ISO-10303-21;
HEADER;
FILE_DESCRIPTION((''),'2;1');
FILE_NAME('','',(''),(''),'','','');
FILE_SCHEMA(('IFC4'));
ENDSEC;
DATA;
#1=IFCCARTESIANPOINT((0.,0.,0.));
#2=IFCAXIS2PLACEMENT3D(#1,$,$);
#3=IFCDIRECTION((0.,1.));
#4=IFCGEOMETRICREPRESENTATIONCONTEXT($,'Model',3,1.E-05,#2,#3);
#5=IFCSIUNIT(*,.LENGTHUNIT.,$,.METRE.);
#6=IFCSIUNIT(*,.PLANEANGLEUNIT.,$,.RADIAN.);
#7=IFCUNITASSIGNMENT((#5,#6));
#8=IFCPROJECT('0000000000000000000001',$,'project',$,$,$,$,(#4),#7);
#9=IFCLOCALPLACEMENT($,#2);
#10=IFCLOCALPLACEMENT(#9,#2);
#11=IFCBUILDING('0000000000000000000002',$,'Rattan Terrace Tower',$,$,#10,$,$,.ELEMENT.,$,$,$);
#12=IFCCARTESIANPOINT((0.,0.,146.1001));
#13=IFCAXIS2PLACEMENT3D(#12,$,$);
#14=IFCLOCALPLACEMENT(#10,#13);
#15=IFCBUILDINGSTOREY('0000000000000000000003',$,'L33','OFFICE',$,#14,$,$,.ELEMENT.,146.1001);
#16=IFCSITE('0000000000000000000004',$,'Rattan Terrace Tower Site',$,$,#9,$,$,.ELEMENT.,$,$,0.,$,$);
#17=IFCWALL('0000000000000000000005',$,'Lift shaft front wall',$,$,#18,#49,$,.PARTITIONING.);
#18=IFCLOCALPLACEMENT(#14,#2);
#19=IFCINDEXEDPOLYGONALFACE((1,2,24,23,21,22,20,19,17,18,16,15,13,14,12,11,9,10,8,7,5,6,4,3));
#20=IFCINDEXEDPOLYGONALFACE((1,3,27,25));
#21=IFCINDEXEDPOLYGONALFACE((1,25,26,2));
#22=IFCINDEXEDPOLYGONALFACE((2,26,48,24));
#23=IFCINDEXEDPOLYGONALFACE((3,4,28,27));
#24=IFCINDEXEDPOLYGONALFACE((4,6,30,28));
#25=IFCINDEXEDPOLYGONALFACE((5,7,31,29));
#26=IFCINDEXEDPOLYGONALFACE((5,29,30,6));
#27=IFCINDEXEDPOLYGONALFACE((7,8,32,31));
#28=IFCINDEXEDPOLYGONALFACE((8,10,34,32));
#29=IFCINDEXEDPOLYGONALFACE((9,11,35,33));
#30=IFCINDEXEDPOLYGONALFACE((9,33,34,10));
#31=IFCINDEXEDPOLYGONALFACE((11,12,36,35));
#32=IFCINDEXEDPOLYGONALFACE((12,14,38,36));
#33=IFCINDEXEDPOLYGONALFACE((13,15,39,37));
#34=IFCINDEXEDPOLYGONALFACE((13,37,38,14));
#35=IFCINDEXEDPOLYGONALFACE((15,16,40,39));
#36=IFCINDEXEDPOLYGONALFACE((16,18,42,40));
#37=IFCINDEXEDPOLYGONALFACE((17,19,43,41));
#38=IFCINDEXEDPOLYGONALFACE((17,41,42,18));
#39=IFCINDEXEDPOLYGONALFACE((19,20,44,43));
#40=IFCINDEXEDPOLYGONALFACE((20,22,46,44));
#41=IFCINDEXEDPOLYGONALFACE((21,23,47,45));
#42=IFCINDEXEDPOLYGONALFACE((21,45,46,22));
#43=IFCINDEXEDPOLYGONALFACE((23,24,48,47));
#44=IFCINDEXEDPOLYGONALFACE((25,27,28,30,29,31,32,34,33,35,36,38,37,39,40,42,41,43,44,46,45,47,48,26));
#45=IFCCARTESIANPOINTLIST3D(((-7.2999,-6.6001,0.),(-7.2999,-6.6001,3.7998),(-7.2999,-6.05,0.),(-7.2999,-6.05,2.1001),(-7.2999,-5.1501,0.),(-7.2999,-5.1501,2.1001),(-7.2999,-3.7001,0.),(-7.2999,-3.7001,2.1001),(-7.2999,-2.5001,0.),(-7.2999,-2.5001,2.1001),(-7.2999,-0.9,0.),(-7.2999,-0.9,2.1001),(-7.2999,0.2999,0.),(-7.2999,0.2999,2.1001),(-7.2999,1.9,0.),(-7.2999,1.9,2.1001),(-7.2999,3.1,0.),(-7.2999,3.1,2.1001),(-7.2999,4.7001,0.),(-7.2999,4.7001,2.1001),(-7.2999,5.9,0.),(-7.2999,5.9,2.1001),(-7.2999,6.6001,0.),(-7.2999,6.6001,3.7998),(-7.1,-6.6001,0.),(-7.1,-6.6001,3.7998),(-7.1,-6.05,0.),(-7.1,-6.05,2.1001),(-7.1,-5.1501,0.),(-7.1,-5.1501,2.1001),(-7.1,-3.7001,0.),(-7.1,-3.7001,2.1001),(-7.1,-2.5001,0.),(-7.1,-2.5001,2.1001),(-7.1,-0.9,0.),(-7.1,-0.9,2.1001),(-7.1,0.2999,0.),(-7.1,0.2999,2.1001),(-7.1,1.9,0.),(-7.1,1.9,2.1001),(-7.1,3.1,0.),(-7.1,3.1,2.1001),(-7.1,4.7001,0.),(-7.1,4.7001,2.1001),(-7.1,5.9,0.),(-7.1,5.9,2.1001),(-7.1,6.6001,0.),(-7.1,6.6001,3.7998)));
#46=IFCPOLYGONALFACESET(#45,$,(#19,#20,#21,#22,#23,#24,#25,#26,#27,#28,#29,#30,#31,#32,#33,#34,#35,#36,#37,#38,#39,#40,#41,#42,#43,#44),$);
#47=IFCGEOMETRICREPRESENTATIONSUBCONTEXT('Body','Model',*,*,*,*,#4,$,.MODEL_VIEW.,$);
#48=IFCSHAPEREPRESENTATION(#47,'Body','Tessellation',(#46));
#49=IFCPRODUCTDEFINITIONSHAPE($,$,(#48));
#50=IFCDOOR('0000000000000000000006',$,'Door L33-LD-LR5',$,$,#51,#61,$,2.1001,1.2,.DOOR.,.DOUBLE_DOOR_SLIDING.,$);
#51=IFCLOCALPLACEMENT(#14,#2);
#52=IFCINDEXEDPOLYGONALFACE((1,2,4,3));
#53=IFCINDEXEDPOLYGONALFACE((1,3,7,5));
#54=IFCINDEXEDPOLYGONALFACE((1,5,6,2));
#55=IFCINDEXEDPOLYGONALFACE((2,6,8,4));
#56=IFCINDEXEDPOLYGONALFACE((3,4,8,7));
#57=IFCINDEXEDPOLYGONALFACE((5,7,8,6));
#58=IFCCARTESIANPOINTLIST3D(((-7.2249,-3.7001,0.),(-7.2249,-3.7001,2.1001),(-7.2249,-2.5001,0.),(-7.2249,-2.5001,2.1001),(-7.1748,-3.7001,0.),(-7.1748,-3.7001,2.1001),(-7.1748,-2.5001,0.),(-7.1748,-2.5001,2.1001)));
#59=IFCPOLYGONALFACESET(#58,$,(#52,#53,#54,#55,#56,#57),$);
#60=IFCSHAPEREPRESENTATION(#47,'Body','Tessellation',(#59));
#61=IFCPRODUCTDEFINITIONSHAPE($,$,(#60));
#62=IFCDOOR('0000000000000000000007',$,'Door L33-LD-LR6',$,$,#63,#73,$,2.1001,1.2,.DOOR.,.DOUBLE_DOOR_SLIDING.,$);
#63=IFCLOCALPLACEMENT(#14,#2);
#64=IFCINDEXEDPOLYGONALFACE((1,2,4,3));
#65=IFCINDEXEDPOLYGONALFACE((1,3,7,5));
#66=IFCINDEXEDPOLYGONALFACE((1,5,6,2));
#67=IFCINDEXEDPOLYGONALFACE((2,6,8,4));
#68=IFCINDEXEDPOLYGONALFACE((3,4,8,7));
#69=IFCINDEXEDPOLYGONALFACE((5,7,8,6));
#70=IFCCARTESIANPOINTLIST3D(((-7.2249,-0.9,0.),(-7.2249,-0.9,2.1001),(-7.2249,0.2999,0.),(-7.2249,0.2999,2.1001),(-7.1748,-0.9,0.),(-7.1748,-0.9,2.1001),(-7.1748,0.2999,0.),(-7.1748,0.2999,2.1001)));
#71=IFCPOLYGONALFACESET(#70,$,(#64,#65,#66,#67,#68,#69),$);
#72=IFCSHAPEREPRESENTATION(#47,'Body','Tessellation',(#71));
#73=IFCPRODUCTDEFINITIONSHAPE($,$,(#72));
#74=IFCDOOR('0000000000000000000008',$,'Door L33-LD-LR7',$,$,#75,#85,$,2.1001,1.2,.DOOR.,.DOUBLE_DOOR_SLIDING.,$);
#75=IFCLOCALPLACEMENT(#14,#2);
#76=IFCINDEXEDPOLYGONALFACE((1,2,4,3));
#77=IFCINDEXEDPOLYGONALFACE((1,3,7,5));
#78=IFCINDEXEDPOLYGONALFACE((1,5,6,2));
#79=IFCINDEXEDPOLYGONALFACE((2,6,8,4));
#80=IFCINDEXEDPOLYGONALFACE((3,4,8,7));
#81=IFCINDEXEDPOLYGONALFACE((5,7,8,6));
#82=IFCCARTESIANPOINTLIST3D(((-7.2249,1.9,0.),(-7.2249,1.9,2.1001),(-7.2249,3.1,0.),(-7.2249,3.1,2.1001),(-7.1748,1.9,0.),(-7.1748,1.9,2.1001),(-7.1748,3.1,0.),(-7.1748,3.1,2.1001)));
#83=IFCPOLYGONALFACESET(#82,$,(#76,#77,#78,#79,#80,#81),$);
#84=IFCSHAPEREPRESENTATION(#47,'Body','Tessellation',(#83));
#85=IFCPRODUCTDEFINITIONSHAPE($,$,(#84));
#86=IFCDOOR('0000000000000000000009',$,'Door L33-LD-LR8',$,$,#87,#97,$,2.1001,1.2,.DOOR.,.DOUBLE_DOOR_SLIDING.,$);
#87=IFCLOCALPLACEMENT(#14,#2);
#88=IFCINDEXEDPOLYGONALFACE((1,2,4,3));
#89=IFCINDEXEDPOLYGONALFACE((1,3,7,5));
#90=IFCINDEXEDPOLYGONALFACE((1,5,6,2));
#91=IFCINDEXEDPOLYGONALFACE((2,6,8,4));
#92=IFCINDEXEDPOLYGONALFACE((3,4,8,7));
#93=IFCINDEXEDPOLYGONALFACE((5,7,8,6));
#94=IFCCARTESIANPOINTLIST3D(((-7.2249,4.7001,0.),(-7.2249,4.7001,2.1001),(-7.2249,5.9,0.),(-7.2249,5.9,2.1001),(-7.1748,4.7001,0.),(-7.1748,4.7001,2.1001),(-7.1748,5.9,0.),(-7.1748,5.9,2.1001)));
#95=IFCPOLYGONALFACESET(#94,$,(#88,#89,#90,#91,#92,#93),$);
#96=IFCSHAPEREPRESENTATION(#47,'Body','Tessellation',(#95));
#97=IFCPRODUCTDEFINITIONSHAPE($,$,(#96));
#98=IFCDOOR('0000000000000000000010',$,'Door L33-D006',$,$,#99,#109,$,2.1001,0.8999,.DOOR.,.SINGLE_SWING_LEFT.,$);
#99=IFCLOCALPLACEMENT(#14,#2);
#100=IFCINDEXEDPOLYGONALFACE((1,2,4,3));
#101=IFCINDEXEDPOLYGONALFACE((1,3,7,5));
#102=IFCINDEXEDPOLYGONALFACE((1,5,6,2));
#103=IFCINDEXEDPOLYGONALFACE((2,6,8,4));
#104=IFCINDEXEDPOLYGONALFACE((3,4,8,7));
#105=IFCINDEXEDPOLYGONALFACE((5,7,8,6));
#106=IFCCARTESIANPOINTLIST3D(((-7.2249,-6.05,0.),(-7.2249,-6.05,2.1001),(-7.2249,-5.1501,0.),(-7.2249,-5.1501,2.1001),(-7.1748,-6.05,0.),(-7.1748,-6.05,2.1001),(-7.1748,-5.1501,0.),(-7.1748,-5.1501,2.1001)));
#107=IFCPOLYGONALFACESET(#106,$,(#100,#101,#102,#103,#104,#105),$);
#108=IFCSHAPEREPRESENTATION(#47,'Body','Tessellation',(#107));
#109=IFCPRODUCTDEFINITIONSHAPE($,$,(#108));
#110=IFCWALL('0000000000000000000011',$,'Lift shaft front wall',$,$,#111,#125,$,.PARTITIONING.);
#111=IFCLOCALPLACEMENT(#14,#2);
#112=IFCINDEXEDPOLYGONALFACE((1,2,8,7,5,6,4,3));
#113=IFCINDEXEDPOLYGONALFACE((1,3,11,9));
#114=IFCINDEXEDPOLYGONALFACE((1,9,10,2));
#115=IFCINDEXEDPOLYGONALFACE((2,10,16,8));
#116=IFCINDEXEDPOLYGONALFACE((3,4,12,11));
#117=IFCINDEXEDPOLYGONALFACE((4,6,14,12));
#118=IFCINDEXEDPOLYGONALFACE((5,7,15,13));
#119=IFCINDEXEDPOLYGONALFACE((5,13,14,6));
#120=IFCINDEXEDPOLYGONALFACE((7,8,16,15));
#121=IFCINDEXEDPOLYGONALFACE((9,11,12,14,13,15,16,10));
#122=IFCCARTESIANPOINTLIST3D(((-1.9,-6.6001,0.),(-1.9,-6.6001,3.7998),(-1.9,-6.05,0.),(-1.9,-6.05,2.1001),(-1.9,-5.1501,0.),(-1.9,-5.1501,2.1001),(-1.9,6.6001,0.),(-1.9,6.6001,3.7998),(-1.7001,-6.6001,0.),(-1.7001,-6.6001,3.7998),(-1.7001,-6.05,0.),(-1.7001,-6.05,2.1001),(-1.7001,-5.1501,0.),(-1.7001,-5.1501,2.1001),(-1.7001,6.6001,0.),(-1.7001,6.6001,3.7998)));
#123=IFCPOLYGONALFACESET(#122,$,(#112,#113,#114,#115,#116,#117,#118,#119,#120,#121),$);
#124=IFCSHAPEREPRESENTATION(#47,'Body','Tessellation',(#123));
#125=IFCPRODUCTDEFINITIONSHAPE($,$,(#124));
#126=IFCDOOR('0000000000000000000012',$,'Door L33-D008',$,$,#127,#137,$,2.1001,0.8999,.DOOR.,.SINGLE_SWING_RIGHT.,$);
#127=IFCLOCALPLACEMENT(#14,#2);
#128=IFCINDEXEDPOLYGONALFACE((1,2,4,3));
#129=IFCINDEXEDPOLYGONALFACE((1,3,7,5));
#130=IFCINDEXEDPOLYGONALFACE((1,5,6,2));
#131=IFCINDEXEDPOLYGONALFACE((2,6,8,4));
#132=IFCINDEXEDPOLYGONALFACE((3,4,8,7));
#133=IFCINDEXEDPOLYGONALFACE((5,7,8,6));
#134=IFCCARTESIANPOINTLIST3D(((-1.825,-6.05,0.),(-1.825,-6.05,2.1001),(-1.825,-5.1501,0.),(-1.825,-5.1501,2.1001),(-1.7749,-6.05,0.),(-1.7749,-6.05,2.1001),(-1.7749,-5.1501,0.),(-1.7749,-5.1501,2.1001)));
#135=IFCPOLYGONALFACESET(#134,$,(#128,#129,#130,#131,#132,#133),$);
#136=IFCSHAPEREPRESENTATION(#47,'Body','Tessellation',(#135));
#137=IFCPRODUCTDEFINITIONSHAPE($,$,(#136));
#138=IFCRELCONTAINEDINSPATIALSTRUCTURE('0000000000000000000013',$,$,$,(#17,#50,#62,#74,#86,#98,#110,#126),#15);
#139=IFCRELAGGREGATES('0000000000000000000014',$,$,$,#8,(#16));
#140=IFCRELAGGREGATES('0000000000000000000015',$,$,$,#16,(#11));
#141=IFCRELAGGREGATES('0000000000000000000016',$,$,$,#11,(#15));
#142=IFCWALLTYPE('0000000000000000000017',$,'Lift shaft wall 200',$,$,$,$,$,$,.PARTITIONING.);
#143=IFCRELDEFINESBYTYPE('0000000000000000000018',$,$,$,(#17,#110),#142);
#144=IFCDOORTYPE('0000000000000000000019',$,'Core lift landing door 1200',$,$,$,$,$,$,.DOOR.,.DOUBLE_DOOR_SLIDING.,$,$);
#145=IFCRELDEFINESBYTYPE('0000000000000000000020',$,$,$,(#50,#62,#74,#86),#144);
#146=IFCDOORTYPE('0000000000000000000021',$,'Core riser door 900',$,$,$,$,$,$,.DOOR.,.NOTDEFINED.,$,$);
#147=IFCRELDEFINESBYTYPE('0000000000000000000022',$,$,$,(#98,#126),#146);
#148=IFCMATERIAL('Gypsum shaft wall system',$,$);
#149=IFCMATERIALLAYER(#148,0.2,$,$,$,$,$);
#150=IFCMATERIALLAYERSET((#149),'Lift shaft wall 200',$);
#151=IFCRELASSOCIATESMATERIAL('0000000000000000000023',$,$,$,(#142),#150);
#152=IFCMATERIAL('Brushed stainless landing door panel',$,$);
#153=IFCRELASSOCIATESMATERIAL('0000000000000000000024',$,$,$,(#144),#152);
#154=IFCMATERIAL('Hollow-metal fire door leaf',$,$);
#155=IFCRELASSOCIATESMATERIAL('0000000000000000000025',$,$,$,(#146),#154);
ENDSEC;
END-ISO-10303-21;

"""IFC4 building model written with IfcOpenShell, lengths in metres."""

from ifc_helpers import new_model, si_unit, direction, frame, frame_2d, origin, place, context, subcontext, project, spatial, rectangle, extrude, material, layer, layer_set, type_object, element, fill, save


model = new_model("IFC4")

# Units and contexts
model_context = context("Model", 3, precision=1e-05, world=origin(), true_north=direction((0.0, 1.0)))
body_context = subcontext(model_context, "Body", "Model", "MODEL_VIEW")
ifc_project = project(units=[si_unit("LENGTHUNIT", "METRE"), si_unit("PLANEANGLEUNIT", "RADIAN")], contexts=[model_context])

# Site, building, storey
site_placement = place(None, origin())
site = spatial("IfcSite", under=ifc_project, at=site_placement, Name="Rattan Terrace Tower Site", CompositionType="ELEMENT", RefElevation=0.0)
building_placement = place(site_placement, origin())
building = spatial("IfcBuilding", under=site, at=building_placement, Name="Rattan Terrace Tower", CompositionType="ELEMENT")
storey_placement = place(building_placement, frame((0.0, 0.0, 146.1001)))
storey = spatial("IfcBuildingStorey", under=building, at=storey_placement, Name="L33", Description="OFFICE", CompositionType="ELEMENT", Elevation=146.1001)

# Wall, openings, doors
ifc_material_1 = material(Name="Gypsum shaft wall system")
ifc_layer_1 = layer(ifc_material_1, 0.2)
ifc_layer_set_1 = layer_set([ifc_layer_1], Name="Lift shaft wall 200")
wall_type_1 = type_object("IfcWallType", Name="Lift shaft wall 200", PredefinedType="PARTITIONING", material=ifc_layer_set_1)
ifc_material_2 = material(Name="Brushed stainless landing door panel")
door_type_1 = type_object("IfcDoorType", Name="Core lift landing door 1200", OperationType="DOUBLE_DOOR_SLIDING", PredefinedType="DOOR", material=ifc_material_2)
ifc_material_3 = material(Name="Hollow-metal fire door leaf")
door_type_2 = type_object("IfcDoorType", Name="Core riser door 900", OperationType="NOTDEFINED", PredefinedType="DOOR", material=ifc_material_3)
wall_1_placement = place(storey_placement, frame((-7.2, -6.6001, 0.0), z_axis=(0.0, 0.0, 1.0), x_axis=(0.0, 1.0, 0.0)))
wall_1 = element("IfcWall", 1, at=wall_1_placement, inside=storey, type_object=wall_type_1, Name="Lift shaft front wall", PredefinedType="PARTITIONING", context=body_context, shape_type="SweptSolid", body=[
    extrude(rectangle(XDim=13.2002, YDim=0.2, at=frame_2d((6.6001, 0.0))), origin(), (0.0, 0.0, 1.0), 3.7998),
])
opening_1_placement = place(wall_1_placement, frame((0.55, 0.0, 0.0)))
opening_1 = element("IfcOpeningElement", 2, at=opening_1_placement, cuts=wall_1, PredefinedType="OPENING", context=body_context, shape_type="SweptSolid", body=[
    extrude(rectangle(XDim=0.8999, YDim=2.1001, at=frame_2d((0.45, 1.05))), frame((0.0, 0.1106, 0.0), z_axis=(0.0, -1.0, 0.0), x_axis=(1.0, 0.0, 0.0)), (0.0, 0.0, 1.0), 0.2209),
])
opening_2_placement = place(wall_1_placement, frame((2.8999, 0.0, 0.0)))
opening_2 = element("IfcOpeningElement", 3, at=opening_2_placement, cuts=wall_1, PredefinedType="OPENING", context=body_context, shape_type="SweptSolid", body=[
    extrude(rectangle(XDim=1.2, YDim=2.1001, at=frame_2d((0.6001, 1.05))), frame((0.0, 0.1106, 0.0), z_axis=(0.0, -1.0, 0.0), x_axis=(1.0, 0.0, 0.0)), (0.0, 0.0, 1.0), 0.2209),
])
opening_3_placement = place(wall_1_placement, frame((5.7, 0.0, 0.0)))
opening_3 = element("IfcOpeningElement", 4, at=opening_3_placement, cuts=wall_1, PredefinedType="OPENING", context=body_context, shape_type="SweptSolid", body=[
    extrude(rectangle(XDim=1.2, YDim=2.1001, at=frame_2d((0.6001, 1.05))), frame((0.0, 0.1106, 0.0), z_axis=(0.0, -1.0, 0.0), x_axis=(1.0, 0.0, 0.0)), (0.0, 0.0, 1.0), 0.2209),
])
opening_4_placement = place(wall_1_placement, frame((8.5, 0.0, 0.0)))
opening_4 = element("IfcOpeningElement", 5, at=opening_4_placement, cuts=wall_1, PredefinedType="OPENING", context=body_context, shape_type="SweptSolid", body=[
    extrude(rectangle(XDim=1.2, YDim=2.1001, at=frame_2d((0.6001, 1.05))), frame((0.0, 0.1106, 0.0), z_axis=(0.0, -1.0, 0.0), x_axis=(1.0, 0.0, 0.0)), (0.0, 0.0, 1.0), 0.2209),
])
opening_5_placement = place(wall_1_placement, frame((11.3, 0.0, 0.0)))
opening_5 = element("IfcOpeningElement", 6, at=opening_5_placement, cuts=wall_1, PredefinedType="OPENING", context=body_context, shape_type="SweptSolid", body=[
    extrude(rectangle(XDim=1.2, YDim=2.1001, at=frame_2d((0.6001, 1.05))), frame((0.0, 0.1106, 0.0), z_axis=(0.0, -1.0, 0.0), x_axis=(1.0, 0.0, 0.0)), (0.0, 0.0, 1.0), 0.2209),
])
door_1_placement = place(opening_2_placement, origin())
door_1 = element("IfcDoor", 7, at=door_1_placement, inside=storey, type_object=door_type_1, Name="Door L33-LD-LR5", OperationType="DOUBLE_DOOR_SLIDING", OverallHeight=2.1001, OverallWidth=1.2, PredefinedType="DOOR", context=body_context, shape_type="SweptSolid", body=[
    extrude(rectangle(XDim=1.2, YDim=2.1001, at=frame_2d((0.6001, 1.05))), frame((0.0, 0.0249, 0.0), z_axis=(0.0, -1.0, 0.0), x_axis=(1.0, 0.0, 0.0)), (0.0, 0.0, 1.0), 0.05),
])
fill(opening_2, door_1)
door_2_placement = place(opening_3_placement, origin())
door_2 = element("IfcDoor", 8, at=door_2_placement, inside=storey, type_object=door_type_1, Name="Door L33-LD-LR6", OperationType="DOUBLE_DOOR_SLIDING", OverallHeight=2.1001, OverallWidth=1.2, PredefinedType="DOOR", context=body_context, shape_type="SweptSolid", body=[
    extrude(rectangle(XDim=1.2, YDim=2.1001, at=frame_2d((0.6001, 1.05))), frame((0.0, 0.0249, 0.0), z_axis=(0.0, -1.0, 0.0), x_axis=(1.0, 0.0, 0.0)), (0.0, 0.0, 1.0), 0.05),
])
fill(opening_3, door_2)
door_3_placement = place(opening_4_placement, origin())
door_3 = element("IfcDoor", 9, at=door_3_placement, inside=storey, type_object=door_type_1, Name="Door L33-LD-LR7", OperationType="DOUBLE_DOOR_SLIDING", OverallHeight=2.1001, OverallWidth=1.2, PredefinedType="DOOR", context=body_context, shape_type="SweptSolid", body=[
    extrude(rectangle(XDim=1.2, YDim=2.1001, at=frame_2d((0.6001, 1.05))), frame((0.0, 0.0249, 0.0), z_axis=(0.0, -1.0, 0.0), x_axis=(1.0, 0.0, 0.0)), (0.0, 0.0, 1.0), 0.05),
])
fill(opening_4, door_3)
door_4_placement = place(opening_5_placement, origin())
door_4 = element("IfcDoor", 10, at=door_4_placement, inside=storey, type_object=door_type_1, Name="Door L33-LD-LR8", OperationType="DOUBLE_DOOR_SLIDING", OverallHeight=2.1001, OverallWidth=1.2, PredefinedType="DOOR", context=body_context, shape_type="SweptSolid", body=[
    extrude(rectangle(XDim=1.2, YDim=2.1001, at=frame_2d((0.6001, 1.05))), frame((0.0, 0.0249, 0.0), z_axis=(0.0, -1.0, 0.0), x_axis=(1.0, 0.0, 0.0)), (0.0, 0.0, 1.0), 0.05),
])
fill(opening_5, door_4)
door_5_placement = place(opening_1_placement, origin())
door_5 = element("IfcDoor", 11, at=door_5_placement, inside=storey, type_object=door_type_2, Name="Door L33-D006", OperationType="SINGLE_SWING_LEFT", OverallHeight=2.1001, OverallWidth=0.8999, PredefinedType="DOOR", context=body_context, shape_type="SweptSolid", body=[
    extrude(rectangle(XDim=0.8999, YDim=2.1001, at=frame_2d((0.45, 1.05))), frame((0.0, 0.0249, 0.0), z_axis=(0.0, -1.0, 0.0), x_axis=(1.0, 0.0, 0.0)), (0.0, 0.0, 1.0), 0.05),
])
fill(opening_1, door_5)

# Wall, opening, door
wall_2_placement = place(storey_placement, frame((-1.8, -6.6001, 0.0), z_axis=(0.0, 0.0, 1.0), x_axis=(0.0, 1.0, 0.0)))
wall_2 = element("IfcWall", 12, at=wall_2_placement, inside=storey, type_object=wall_type_1, Name="Lift shaft front wall", PredefinedType="PARTITIONING", context=body_context, shape_type="SweptSolid", body=[
    extrude(rectangle(XDim=13.2002, YDim=0.2, at=frame_2d((6.6001, 0.0))), origin(), (0.0, 0.0, 1.0), 3.7998),
])
opening_6_placement = place(wall_2_placement, frame((0.55, 0.0, 0.0)))
opening_6 = element("IfcOpeningElement", 13, at=opening_6_placement, cuts=wall_2, PredefinedType="OPENING", context=body_context, shape_type="SweptSolid", body=[
    extrude(rectangle(XDim=0.8999, YDim=2.1001, at=frame_2d((0.45, 1.05))), frame((0.0, 0.1106, 0.0), z_axis=(0.0, -1.0, 0.0), x_axis=(1.0, 0.0, 0.0)), (0.0, 0.0, 1.0), 0.2209),
])
door_6_placement = place(opening_6_placement, origin())
door_6 = element("IfcDoor", 14, at=door_6_placement, inside=storey, type_object=door_type_2, Name="Door L33-D008", OperationType="SINGLE_SWING_RIGHT", OverallHeight=2.1001, OverallWidth=0.8999, PredefinedType="DOOR", context=body_context, shape_type="SweptSolid", body=[
    extrude(rectangle(XDim=0.8999, YDim=2.1001, at=frame_2d((0.45, 1.05))), frame((0.0, 0.0249, 0.0), z_axis=(0.0, -1.0, 0.0), x_axis=(1.0, 0.0, 0.0)), (0.0, 0.0, 1.0), 0.05),
])
fill(opening_6, door_6)

save(model, "model.ifc")
